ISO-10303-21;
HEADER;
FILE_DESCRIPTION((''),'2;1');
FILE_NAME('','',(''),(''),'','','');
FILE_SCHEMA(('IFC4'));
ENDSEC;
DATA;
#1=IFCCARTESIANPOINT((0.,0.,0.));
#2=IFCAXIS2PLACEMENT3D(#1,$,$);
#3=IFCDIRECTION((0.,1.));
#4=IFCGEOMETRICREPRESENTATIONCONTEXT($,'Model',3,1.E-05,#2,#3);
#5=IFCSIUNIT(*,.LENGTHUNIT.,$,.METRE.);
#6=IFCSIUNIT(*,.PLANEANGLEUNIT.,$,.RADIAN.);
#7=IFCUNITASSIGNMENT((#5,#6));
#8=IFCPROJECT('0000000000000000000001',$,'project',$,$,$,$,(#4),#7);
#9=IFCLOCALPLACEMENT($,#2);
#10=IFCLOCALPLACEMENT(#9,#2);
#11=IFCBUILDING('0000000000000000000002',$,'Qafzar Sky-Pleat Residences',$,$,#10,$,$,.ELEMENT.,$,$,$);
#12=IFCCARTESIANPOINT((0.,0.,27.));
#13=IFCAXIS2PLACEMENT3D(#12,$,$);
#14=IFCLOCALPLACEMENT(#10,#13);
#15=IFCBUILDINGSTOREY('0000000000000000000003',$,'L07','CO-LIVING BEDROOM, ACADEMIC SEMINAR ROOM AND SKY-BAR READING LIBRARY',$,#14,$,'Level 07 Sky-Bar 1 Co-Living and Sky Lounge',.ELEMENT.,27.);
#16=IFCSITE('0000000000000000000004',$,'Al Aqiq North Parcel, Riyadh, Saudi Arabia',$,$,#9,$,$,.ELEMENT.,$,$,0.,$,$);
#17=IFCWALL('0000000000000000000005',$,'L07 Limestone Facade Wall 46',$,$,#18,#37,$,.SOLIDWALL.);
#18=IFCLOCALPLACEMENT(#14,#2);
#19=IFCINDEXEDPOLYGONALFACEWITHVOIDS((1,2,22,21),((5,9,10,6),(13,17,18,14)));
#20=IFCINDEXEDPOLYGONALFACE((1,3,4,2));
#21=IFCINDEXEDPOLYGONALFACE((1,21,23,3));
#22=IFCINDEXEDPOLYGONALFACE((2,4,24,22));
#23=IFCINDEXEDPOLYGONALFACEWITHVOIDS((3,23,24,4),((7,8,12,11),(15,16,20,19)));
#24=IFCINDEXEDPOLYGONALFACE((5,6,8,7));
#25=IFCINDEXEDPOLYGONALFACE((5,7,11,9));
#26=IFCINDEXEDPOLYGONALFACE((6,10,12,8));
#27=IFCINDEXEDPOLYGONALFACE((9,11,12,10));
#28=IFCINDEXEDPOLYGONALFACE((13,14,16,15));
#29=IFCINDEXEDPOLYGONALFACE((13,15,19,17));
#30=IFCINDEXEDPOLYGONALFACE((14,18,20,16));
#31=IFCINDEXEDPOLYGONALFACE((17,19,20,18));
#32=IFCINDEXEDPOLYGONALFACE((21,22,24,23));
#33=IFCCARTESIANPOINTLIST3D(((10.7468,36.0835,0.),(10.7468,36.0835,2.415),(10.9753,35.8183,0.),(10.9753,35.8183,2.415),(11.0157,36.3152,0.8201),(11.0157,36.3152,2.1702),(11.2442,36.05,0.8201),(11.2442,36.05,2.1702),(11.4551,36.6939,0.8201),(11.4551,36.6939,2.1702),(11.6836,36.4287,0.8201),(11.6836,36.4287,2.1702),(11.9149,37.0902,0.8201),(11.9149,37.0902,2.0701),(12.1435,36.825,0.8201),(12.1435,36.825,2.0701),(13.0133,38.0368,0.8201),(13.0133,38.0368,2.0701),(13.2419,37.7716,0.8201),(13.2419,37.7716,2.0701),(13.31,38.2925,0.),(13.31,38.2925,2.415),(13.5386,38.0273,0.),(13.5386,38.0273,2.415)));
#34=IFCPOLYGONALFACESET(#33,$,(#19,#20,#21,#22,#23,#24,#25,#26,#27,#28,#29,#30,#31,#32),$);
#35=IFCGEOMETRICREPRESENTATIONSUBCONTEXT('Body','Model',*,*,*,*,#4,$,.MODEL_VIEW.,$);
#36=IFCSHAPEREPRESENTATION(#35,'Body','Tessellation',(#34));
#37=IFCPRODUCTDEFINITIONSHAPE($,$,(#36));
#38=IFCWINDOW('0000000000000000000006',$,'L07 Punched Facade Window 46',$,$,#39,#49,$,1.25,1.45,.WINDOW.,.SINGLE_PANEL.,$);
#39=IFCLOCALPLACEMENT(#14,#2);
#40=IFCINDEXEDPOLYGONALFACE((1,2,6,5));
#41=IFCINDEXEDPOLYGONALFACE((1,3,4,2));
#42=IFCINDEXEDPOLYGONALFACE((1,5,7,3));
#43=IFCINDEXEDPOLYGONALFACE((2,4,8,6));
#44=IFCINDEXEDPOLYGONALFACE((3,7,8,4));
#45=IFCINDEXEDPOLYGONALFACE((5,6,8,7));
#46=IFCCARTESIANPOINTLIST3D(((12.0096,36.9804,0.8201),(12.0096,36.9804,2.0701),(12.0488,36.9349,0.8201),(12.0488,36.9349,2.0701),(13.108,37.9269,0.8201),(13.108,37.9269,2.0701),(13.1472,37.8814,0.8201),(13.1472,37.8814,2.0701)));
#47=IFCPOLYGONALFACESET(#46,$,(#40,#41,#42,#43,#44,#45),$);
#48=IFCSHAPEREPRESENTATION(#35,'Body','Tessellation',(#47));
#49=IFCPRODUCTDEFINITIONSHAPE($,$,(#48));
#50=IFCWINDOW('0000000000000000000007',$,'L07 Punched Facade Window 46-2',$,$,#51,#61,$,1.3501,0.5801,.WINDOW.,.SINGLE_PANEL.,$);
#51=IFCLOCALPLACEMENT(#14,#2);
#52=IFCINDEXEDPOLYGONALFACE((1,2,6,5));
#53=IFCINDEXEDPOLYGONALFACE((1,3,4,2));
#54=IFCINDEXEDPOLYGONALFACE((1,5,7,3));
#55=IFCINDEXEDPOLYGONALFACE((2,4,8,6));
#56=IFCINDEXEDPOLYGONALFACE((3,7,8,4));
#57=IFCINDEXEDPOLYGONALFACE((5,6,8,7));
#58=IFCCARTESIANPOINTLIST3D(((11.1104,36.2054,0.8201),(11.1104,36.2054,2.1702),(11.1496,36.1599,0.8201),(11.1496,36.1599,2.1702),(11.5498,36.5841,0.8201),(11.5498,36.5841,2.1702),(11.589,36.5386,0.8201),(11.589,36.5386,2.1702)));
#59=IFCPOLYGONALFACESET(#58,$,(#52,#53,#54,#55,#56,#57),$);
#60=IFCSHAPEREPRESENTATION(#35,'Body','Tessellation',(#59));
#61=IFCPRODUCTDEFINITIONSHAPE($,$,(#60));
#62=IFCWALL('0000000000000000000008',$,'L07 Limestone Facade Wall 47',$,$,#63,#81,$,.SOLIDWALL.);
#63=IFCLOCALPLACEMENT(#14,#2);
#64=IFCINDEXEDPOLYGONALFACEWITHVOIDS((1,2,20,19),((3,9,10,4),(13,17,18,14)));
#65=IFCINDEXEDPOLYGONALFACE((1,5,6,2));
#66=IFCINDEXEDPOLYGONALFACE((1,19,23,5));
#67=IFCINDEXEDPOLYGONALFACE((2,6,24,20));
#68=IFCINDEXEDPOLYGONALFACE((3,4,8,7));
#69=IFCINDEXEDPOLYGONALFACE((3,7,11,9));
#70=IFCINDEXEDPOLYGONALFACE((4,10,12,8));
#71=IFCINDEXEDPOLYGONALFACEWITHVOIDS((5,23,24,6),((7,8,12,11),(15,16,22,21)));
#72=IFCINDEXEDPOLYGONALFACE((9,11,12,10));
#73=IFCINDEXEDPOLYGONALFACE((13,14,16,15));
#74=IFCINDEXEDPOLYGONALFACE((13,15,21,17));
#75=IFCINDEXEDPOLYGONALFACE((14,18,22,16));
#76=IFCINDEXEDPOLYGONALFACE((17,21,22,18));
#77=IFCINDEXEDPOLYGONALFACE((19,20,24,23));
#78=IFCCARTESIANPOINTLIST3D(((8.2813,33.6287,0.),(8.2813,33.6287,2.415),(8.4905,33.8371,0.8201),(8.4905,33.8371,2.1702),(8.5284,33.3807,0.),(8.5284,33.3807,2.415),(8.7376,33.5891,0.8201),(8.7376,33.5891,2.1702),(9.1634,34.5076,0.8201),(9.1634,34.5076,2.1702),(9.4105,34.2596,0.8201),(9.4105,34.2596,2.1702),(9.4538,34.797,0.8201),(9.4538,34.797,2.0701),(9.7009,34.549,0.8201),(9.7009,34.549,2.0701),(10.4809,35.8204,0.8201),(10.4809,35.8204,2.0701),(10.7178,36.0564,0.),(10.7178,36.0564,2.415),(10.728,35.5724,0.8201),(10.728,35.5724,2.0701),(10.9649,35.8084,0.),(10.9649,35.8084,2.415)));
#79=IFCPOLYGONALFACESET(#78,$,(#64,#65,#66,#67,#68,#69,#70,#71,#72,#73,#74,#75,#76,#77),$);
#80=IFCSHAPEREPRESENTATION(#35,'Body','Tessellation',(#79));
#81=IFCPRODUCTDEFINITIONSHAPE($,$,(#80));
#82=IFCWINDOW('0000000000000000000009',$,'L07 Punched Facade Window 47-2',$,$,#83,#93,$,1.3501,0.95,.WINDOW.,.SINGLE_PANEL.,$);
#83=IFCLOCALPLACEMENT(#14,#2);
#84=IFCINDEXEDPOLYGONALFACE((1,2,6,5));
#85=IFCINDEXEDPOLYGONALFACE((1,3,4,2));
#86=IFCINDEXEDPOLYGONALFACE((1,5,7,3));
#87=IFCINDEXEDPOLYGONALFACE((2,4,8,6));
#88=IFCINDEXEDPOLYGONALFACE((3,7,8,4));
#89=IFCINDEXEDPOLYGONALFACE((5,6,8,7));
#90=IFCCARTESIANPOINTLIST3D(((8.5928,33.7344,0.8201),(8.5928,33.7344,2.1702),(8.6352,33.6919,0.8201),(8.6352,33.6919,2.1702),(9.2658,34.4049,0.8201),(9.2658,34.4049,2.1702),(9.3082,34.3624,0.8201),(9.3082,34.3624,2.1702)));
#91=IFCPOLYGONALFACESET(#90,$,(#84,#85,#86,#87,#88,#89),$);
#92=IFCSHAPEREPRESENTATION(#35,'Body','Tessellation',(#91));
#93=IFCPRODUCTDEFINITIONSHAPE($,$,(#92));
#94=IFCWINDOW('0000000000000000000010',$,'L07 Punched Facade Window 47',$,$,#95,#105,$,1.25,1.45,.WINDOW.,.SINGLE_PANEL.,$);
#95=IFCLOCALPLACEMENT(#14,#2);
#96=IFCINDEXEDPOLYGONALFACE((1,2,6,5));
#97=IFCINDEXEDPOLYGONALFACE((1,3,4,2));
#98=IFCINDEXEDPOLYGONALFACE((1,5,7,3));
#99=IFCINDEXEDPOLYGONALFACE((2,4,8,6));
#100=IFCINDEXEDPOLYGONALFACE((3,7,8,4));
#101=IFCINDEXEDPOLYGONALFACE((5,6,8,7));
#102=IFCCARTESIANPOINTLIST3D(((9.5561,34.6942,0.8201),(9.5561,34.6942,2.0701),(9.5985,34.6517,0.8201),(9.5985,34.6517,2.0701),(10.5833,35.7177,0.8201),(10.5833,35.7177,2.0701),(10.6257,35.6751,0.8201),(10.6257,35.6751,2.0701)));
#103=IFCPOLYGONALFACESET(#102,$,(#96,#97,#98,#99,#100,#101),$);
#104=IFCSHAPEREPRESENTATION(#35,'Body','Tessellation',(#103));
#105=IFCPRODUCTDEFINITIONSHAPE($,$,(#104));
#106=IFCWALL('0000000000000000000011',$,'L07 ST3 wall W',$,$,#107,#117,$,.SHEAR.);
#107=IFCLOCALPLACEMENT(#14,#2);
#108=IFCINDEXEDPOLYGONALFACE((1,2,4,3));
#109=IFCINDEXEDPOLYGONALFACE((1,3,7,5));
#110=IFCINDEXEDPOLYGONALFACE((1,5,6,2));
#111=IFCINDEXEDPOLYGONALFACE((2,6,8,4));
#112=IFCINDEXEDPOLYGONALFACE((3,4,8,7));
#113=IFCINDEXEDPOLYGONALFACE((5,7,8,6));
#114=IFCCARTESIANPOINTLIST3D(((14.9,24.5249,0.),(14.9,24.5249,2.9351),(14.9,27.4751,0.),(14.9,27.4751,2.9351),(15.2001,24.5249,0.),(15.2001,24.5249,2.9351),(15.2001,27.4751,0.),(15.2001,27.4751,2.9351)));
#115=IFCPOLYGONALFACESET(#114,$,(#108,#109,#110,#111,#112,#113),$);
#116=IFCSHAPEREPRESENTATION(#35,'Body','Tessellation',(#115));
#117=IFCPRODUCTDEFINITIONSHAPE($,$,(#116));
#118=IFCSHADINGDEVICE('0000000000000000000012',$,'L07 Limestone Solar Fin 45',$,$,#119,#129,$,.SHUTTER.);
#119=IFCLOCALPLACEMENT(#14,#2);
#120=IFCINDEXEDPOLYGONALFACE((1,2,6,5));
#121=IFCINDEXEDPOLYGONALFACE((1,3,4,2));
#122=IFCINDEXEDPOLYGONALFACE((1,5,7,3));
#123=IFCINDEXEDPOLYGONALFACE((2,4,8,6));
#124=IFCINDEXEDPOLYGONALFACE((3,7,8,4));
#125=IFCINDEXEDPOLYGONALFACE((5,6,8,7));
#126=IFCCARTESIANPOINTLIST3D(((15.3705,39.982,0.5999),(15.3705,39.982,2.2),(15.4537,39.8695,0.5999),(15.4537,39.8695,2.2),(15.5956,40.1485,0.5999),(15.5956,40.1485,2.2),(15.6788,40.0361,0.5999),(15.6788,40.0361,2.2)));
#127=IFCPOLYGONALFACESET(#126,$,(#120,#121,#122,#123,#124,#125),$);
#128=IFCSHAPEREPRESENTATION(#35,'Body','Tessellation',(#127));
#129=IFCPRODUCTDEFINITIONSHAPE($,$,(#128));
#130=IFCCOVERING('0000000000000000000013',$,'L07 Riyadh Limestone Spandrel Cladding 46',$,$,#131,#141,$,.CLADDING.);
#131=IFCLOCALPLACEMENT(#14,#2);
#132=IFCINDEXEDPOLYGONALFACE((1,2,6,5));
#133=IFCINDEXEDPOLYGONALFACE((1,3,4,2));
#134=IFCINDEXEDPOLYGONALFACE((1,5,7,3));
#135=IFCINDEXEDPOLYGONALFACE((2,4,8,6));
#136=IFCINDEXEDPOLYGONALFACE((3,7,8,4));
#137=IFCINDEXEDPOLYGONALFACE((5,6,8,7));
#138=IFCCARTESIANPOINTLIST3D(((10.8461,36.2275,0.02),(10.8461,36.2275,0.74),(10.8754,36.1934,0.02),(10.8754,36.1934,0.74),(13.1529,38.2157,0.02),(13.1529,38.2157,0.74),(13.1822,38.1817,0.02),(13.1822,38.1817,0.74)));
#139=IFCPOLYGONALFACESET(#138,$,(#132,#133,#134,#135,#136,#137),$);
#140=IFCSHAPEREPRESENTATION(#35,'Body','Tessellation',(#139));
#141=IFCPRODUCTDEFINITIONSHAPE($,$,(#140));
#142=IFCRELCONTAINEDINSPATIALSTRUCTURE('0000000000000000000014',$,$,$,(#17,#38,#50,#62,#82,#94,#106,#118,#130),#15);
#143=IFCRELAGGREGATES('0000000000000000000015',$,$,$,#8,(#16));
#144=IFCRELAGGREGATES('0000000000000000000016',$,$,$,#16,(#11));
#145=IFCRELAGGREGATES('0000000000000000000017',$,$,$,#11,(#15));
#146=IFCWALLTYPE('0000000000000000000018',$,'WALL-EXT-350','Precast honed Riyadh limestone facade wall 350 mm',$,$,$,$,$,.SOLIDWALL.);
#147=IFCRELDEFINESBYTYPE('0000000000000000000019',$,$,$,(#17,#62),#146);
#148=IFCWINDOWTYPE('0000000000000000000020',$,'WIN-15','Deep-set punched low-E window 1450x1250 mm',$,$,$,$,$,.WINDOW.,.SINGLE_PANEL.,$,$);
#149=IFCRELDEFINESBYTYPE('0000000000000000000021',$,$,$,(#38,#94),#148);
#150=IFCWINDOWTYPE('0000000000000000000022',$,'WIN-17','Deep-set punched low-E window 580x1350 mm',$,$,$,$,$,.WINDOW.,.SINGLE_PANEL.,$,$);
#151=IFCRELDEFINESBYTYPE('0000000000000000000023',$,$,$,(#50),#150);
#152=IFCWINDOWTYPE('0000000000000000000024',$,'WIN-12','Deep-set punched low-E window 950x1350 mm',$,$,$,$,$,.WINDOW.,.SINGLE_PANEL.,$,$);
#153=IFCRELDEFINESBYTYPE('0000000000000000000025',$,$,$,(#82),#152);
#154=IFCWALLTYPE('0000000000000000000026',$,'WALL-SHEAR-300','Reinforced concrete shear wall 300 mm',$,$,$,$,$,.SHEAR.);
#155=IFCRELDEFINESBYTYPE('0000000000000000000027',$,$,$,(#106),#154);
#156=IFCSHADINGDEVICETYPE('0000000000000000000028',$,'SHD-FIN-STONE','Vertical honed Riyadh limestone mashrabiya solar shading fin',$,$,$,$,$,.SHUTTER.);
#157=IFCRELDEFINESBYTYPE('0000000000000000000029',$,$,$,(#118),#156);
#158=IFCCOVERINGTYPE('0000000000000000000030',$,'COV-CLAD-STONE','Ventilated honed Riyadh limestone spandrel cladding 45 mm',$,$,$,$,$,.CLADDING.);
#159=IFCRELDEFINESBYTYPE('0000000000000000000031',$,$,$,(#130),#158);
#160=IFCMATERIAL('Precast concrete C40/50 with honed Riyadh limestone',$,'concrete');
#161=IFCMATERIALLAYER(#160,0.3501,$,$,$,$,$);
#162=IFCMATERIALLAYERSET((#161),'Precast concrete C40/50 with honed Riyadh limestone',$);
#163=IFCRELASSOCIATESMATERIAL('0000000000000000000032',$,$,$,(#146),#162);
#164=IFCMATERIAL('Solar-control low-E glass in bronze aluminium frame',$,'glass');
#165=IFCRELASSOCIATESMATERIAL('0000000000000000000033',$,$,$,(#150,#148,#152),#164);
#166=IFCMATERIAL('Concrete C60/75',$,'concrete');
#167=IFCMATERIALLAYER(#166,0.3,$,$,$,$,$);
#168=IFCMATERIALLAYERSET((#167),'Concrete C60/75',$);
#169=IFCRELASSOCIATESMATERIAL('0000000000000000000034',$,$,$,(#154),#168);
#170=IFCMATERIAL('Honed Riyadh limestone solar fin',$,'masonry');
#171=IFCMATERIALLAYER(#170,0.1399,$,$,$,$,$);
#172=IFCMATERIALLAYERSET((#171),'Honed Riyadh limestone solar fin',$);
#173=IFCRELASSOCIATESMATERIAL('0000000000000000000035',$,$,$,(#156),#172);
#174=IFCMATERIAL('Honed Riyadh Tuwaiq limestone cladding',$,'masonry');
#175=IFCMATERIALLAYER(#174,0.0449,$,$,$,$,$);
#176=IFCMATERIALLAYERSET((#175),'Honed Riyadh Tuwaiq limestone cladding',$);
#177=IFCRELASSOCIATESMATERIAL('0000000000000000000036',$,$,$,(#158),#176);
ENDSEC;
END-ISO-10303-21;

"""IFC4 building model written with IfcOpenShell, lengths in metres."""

from ifc_helpers import new_model, si_unit, direction, frame, frame_2d, origin, origin_2d, place, context, subcontext, project, spatial, rectangle, extrude, source, transform, mapped, material, layer, layer_set, type_object, element, fill, save


model = new_model("IFC4")

# Units and contexts
model_context = context("Model", 3, precision=1e-05, world=origin(), true_north=direction((0.0, 1.0)))
body_context = subcontext(model_context, "Body", "Model", "MODEL_VIEW")
ifc_project = project(units=[si_unit("LENGTHUNIT", "METRE"), si_unit("PLANEANGLEUNIT", "RADIAN")], contexts=[model_context])

# Site, building, storey
site_placement = place(None, origin())
site = spatial("IfcSite", under=ifc_project, at=site_placement, Name="Al Aqiq North Parcel, Riyadh, Saudi Arabia", CompositionType="ELEMENT", RefElevation=0.0)
building_placement = place(site_placement, origin())
building = spatial("IfcBuilding", under=site, at=building_placement, Name="Qafzar Sky-Pleat Residences", CompositionType="ELEMENT")
storey_placement = place(building_placement, frame((0.0, 0.0, 27.0)))
storey = spatial("IfcBuildingStorey", under=building, at=storey_placement, Name="L07", Description="CO-LIVING BEDROOM, ACADEMIC SEMINAR ROOM AND SKY-BAR READING LIBRARY", LongName="Level 07 Sky-Bar 1 Co-Living and Sky Lounge", CompositionType="ELEMENT", Elevation=27.0)

# Shared definitions
ifc_material_1 = material(Name="Concrete C60/75", Category="concrete")

# Walls, openings, windows
ifc_material_2 = material(Name="Precast concrete C40/50 with honed Riyadh limestone", Category="concrete")
ifc_layer_1 = layer(ifc_material_2, 0.3501)
ifc_layer_set_1 = layer_set([ifc_layer_1], Name="Precast concrete C40/50 with honed Riyadh limestone")
wall_type_1 = type_object("IfcWallType", Name="WALL-EXT-350", Description="Precast honed Riyadh limestone facade wall 350 mm", PredefinedType="SOLIDWALL", material=ifc_layer_set_1)
ifc_material_3 = material(Name="Solar-control low-E glass in bronze aluminium frame", Category="glass")
window_type_1 = type_object("IfcWindowType", Name="WIN-17", Description="Deep-set punched low-E window 580x1350 mm", PartitioningType="SINGLE_PANEL", PredefinedType="WINDOW", material=ifc_material_3)
shared_shape_1 = source(origin(), body_context, "Body", "SweptSolid", [
    extrude(rectangle(XDim=0.5801, YDim=1.3501, at=frame_2d((0.29, 0.675))), frame((0.0, 0.03, 0.0), z_axis=(0.0, -1.0, 0.0), x_axis=(1.0, 0.0, 0.0)), (0.0, 0.0, 1.0), 0.0601),
])
wall_1_placement = place(storey_placement, frame((13.4243, 38.1599, 0.0), z_axis=(0.0, 0.0, 1.0), x_axis=(-0.757512, -0.652821, 0.0)))
wall_1 = element("IfcWall", 1, at=wall_1_placement, inside=storey, type_object=wall_type_1, Name="L07 Limestone Facade Wall 46", PredefinedType="SOLIDWALL", context=body_context, shape_type="SweptSolid", body=[
    extrude(rectangle(XDim=3.3838, YDim=0.3501, at=frame_2d((1.6919, 0.0))), origin(), (0.0, 0.0, 1.0), 2.415),
])
opening_1_placement = place(wall_1_placement, frame((0.3916, 0.0, 0.8201)))
opening_1 = element("IfcOpeningElement", 2, at=opening_1_placement, cuts=wall_1, PredefinedType="OPENING", context=body_context, shape_type="SweptSolid", body=[
    extrude(rectangle(XDim=1.45, YDim=1.25, at=frame_2d((0.7251, 0.625))), frame((0.0, 0.1851, 0.0), z_axis=(0.0, -1.0, 0.0), x_axis=(1.0, 0.0, 0.0)), (0.0, 0.0, 1.0), 0.3701),
])
opening_2_placement = place(wall_1_placement, frame((2.4487, 0.0, 0.8201)))
opening_2 = element("IfcOpeningElement", 3, at=opening_2_placement, cuts=wall_1, PredefinedType="OPENING", context=body_context, shape_type="SweptSolid", body=[
    extrude(rectangle(XDim=0.5801, YDim=1.3501, at=frame_2d((0.29, 0.675))), frame((0.0, 0.1851, 0.0), z_axis=(0.0, -1.0, 0.0), x_axis=(1.0, 0.0, 0.0)), (0.0, 0.0, 1.0), 0.3701),
])
window_type_2 = type_object("IfcWindowType", Name="WIN-15", Description="Deep-set punched low-E window 1450x1250 mm", PartitioningType="SINGLE_PANEL", PredefinedType="WINDOW", material=ifc_material_3)
shared_shape_2 = source(origin(), body_context, "Body", "SweptSolid", [
    extrude(rectangle(XDim=1.45, YDim=1.25, at=frame_2d((0.7251, 0.625))), frame((0.0, 0.03, 0.0), z_axis=(0.0, -1.0, 0.0), x_axis=(1.0, 0.0, 0.0)), (0.0, 0.0, 1.0), 0.0601),
])
window_1_placement = place(opening_1_placement, origin())
window_1 = element("IfcWindow", 4, at=window_1_placement, inside=storey, type_object=window_type_2, Name="L07 Punched Facade Window 46", OverallHeight=1.25, OverallWidth=1.45, PartitioningType="SINGLE_PANEL", PredefinedType="WINDOW", context=body_context, shape_type="MappedRepresentation", body=[
    mapped(shared_shape_2, transform((0.0, 0.0, 0.0), x_axis=(1.0, 0.0, 0.0), y_axis=(0.0, 1.0, 0.0), z_axis=(0.0, 0.0, 1.0), scale=1.0)),
])
fill(opening_1, window_1)
window_2_placement = place(opening_2_placement, origin())
window_2 = element("IfcWindow", 5, at=window_2_placement, inside=storey, type_object=window_type_1, Name="L07 Punched Facade Window 46-2", OverallHeight=1.3501, OverallWidth=0.5801, PartitioningType="SINGLE_PANEL", PredefinedType="WINDOW", context=body_context, shape_type="MappedRepresentation", body=[
    mapped(shared_shape_1, transform((0.0, 0.0, 0.0), x_axis=(1.0, 0.0, 0.0), y_axis=(0.0, 1.0, 0.0), z_axis=(0.0, 0.0, 1.0), scale=1.0)),
])
fill(opening_2, window_2)
wall_2_placement = place(storey_placement, frame((10.8413, 35.9324, 0.0), z_axis=(0.0, 0.0, 1.0), x_axis=(-0.708383, -0.705828, 0.0)))
wall_2 = element("IfcWall", 6, at=wall_2_placement, inside=storey, type_object=wall_type_1, Name="L07 Limestone Facade Wall 47", PredefinedType="SOLIDWALL", context=body_context, shape_type="SweptSolid", body=[
    extrude(rectangle(XDim=3.4395, YDim=0.3501, at=frame_2d((1.7197, 0.0))), origin(), (0.0, 0.0, 1.0), 2.415),
])
opening_3_placement = place(wall_2_placement, frame((0.3342, 0.0, 0.8201)))
opening_3 = element("IfcOpeningElement", 7, at=opening_3_placement, cuts=wall_2, PredefinedType="OPENING", context=body_context, shape_type="SweptSolid", body=[
    extrude(rectangle(XDim=1.45, YDim=1.25, at=frame_2d((0.7251, 0.625))), frame((0.0, 0.1851, 0.0), z_axis=(0.0, -1.0, 0.0), x_axis=(1.0, 0.0, 0.0)), (0.0, 0.0, 1.0), 0.3701),
])
opening_4_placement = place(wall_2_placement, frame((2.1941, 0.0, 0.8201)))
opening_4 = element("IfcOpeningElement", 8, at=opening_4_placement, cuts=wall_2, PredefinedType="OPENING", context=body_context, shape_type="SweptSolid", body=[
    extrude(rectangle(XDim=0.95, YDim=1.3501, at=frame_2d((0.4751, 0.675))), frame((0.0, 0.1851, 0.0), z_axis=(0.0, -1.0, 0.0), x_axis=(1.0, 0.0, 0.0)), (0.0, 0.0, 1.0), 0.3701),
])
window_type_3 = type_object("IfcWindowType", Name="WIN-12", Description="Deep-set punched low-E window 950x1350 mm", PartitioningType="SINGLE_PANEL", PredefinedType="WINDOW", material=ifc_material_3)
shared_shape_3 = source(origin(), body_context, "Body", "SweptSolid", [
    extrude(rectangle(XDim=0.95, YDim=1.3501, at=frame_2d((0.4751, 0.675))), frame((0.0, 0.03, 0.0), z_axis=(0.0, -1.0, 0.0), x_axis=(1.0, 0.0, 0.0)), (0.0, 0.0, 1.0), 0.0601),
])
window_3_placement = place(opening_4_placement, origin())
window_3 = element("IfcWindow", 9, at=window_3_placement, inside=storey, type_object=window_type_3, Name="L07 Punched Facade Window 47-2", OverallHeight=1.3501, OverallWidth=0.95, PartitioningType="SINGLE_PANEL", PredefinedType="WINDOW", context=body_context, shape_type="MappedRepresentation", body=[
    mapped(shared_shape_3, transform((0.0, 0.0, 0.0), x_axis=(1.0, 0.0, 0.0), y_axis=(0.0, 1.0, 0.0), z_axis=(0.0, 0.0, 1.0), scale=1.0)),
])
fill(opening_4, window_3)
window_4_placement = place(opening_3_placement, origin())
window_4 = element("IfcWindow", 10, at=window_4_placement, inside=storey, type_object=window_type_2, Name="L07 Punched Facade Window 47", OverallHeight=1.25, OverallWidth=1.45, PartitioningType="SINGLE_PANEL", PredefinedType="WINDOW", context=body_context, shape_type="MappedRepresentation", body=[
    mapped(shared_shape_2, transform((0.0, 0.0, 0.0), x_axis=(1.0, 0.0, 0.0), y_axis=(0.0, 1.0, 0.0), z_axis=(0.0, 0.0, 1.0), scale=1.0)),
])
fill(opening_3, window_4)

# Wall
ifc_layer_2 = layer(ifc_material_1, 0.3)
ifc_layer_set_2 = layer_set([ifc_layer_2], Name="Concrete C60/75")
wall_type_2 = type_object("IfcWallType", Name="WALL-SHEAR-300", Description="Reinforced concrete shear wall 300 mm", PredefinedType="SHEAR", material=ifc_layer_set_2)
wall_3_placement = place(storey_placement, frame((15.05, 27.4751, 0.0), z_axis=(0.0, 0.0, 1.0), x_axis=(0.0, -1.0, 0.0)))
element("IfcWall", 11, at=wall_3_placement, inside=storey, type_object=wall_type_2, Name="L07 ST3 wall W", PredefinedType="SHEAR", context=body_context, shape_type="SweptSolid", body=[
    extrude(rectangle(XDim=2.9502, YDim=0.3, at=frame_2d((1.4751, 0.0))), origin(), (0.0, 0.0, 1.0), 2.9351),
])

# Shading device
ifc_material_4 = material(Name="Honed Riyadh limestone solar fin", Category="masonry")
ifc_layer_3 = layer(ifc_material_4, 0.1399)
ifc_layer_set_3 = layer_set([ifc_layer_3], Name="Honed Riyadh limestone solar fin")
shading_device_type = type_object("IfcShadingDeviceType", Name="SHD-FIN-STONE", Description="Vertical honed Riyadh limestone mashrabiya solar shading fin", PredefinedType="SHUTTER", material=ifc_layer_set_3)
shared_shape_4 = source(origin(), body_context, "Body", "SweptSolid", [
    extrude(rectangle(XDim=0.1399, YDim=0.28, at=origin_2d()), origin(), (0.0, 0.0, 1.0), 1.6001),
])
shading_device_placement = place(storey_placement, frame((15.5247, 40.009, 0.5999), z_axis=(0.0, 0.0, 1.0), x_axis=(-0.594882, 0.803813, 0.0)))
element("IfcShadingDevice", 12, at=shading_device_placement, inside=storey, type_object=shading_device_type, Name="L07 Limestone Solar Fin 45", PredefinedType="SHUTTER", context=body_context, shape_type="MappedRepresentation", body=[
    mapped(shared_shape_4, transform((0.0, 0.0, 0.0), x_axis=(1.0, 0.0, 0.0), y_axis=(0.0, 1.0, 0.0), z_axis=(0.0, 0.0, 1.0), scale=1.0)),
])

# Covering
ifc_material_5 = material(Name="Honed Riyadh Tuwaiq limestone cladding", Category="masonry")
ifc_layer_4 = layer(ifc_material_5, 0.0449)
ifc_layer_set_4 = layer_set([ifc_layer_4], Name="Honed Riyadh Tuwaiq limestone cladding")
covering_type = type_object("IfcCoveringType", Name="COV-CLAD-STONE", Description="Ventilated honed Riyadh limestone spandrel cladding 45 mm", PredefinedType="CLADDING", material=ifc_layer_set_4)
shared_shape_5 = source(origin(), body_context, "Body", "SweptSolid", [
    extrude(rectangle(XDim=3.0454, YDim=0.0449, at=origin_2d()), origin(), (0.0, 0.0, 1.0), 0.72),
])
covering_placement = place(storey_placement, frame((12.0142, 37.2046, 0.02), z_axis=(0.0, 0.0, 1.0), x_axis=(-0.757466, -0.652875, 0.0)))
element("IfcCovering", 13, at=covering_placement, inside=storey, type_object=covering_type, Name="L07 Riyadh Limestone Spandrel Cladding 46", PredefinedType="CLADDING", context=body_context, shape_type="MappedRepresentation", body=[
    mapped(shared_shape_5, transform((0.0, 0.0, 0.0), x_axis=(1.0, 0.0, 0.0), y_axis=(0.0, 1.0, 0.0), z_axis=(0.0, 0.0, 1.0), scale=1.0)),
])

save(model, "model.ifc")
